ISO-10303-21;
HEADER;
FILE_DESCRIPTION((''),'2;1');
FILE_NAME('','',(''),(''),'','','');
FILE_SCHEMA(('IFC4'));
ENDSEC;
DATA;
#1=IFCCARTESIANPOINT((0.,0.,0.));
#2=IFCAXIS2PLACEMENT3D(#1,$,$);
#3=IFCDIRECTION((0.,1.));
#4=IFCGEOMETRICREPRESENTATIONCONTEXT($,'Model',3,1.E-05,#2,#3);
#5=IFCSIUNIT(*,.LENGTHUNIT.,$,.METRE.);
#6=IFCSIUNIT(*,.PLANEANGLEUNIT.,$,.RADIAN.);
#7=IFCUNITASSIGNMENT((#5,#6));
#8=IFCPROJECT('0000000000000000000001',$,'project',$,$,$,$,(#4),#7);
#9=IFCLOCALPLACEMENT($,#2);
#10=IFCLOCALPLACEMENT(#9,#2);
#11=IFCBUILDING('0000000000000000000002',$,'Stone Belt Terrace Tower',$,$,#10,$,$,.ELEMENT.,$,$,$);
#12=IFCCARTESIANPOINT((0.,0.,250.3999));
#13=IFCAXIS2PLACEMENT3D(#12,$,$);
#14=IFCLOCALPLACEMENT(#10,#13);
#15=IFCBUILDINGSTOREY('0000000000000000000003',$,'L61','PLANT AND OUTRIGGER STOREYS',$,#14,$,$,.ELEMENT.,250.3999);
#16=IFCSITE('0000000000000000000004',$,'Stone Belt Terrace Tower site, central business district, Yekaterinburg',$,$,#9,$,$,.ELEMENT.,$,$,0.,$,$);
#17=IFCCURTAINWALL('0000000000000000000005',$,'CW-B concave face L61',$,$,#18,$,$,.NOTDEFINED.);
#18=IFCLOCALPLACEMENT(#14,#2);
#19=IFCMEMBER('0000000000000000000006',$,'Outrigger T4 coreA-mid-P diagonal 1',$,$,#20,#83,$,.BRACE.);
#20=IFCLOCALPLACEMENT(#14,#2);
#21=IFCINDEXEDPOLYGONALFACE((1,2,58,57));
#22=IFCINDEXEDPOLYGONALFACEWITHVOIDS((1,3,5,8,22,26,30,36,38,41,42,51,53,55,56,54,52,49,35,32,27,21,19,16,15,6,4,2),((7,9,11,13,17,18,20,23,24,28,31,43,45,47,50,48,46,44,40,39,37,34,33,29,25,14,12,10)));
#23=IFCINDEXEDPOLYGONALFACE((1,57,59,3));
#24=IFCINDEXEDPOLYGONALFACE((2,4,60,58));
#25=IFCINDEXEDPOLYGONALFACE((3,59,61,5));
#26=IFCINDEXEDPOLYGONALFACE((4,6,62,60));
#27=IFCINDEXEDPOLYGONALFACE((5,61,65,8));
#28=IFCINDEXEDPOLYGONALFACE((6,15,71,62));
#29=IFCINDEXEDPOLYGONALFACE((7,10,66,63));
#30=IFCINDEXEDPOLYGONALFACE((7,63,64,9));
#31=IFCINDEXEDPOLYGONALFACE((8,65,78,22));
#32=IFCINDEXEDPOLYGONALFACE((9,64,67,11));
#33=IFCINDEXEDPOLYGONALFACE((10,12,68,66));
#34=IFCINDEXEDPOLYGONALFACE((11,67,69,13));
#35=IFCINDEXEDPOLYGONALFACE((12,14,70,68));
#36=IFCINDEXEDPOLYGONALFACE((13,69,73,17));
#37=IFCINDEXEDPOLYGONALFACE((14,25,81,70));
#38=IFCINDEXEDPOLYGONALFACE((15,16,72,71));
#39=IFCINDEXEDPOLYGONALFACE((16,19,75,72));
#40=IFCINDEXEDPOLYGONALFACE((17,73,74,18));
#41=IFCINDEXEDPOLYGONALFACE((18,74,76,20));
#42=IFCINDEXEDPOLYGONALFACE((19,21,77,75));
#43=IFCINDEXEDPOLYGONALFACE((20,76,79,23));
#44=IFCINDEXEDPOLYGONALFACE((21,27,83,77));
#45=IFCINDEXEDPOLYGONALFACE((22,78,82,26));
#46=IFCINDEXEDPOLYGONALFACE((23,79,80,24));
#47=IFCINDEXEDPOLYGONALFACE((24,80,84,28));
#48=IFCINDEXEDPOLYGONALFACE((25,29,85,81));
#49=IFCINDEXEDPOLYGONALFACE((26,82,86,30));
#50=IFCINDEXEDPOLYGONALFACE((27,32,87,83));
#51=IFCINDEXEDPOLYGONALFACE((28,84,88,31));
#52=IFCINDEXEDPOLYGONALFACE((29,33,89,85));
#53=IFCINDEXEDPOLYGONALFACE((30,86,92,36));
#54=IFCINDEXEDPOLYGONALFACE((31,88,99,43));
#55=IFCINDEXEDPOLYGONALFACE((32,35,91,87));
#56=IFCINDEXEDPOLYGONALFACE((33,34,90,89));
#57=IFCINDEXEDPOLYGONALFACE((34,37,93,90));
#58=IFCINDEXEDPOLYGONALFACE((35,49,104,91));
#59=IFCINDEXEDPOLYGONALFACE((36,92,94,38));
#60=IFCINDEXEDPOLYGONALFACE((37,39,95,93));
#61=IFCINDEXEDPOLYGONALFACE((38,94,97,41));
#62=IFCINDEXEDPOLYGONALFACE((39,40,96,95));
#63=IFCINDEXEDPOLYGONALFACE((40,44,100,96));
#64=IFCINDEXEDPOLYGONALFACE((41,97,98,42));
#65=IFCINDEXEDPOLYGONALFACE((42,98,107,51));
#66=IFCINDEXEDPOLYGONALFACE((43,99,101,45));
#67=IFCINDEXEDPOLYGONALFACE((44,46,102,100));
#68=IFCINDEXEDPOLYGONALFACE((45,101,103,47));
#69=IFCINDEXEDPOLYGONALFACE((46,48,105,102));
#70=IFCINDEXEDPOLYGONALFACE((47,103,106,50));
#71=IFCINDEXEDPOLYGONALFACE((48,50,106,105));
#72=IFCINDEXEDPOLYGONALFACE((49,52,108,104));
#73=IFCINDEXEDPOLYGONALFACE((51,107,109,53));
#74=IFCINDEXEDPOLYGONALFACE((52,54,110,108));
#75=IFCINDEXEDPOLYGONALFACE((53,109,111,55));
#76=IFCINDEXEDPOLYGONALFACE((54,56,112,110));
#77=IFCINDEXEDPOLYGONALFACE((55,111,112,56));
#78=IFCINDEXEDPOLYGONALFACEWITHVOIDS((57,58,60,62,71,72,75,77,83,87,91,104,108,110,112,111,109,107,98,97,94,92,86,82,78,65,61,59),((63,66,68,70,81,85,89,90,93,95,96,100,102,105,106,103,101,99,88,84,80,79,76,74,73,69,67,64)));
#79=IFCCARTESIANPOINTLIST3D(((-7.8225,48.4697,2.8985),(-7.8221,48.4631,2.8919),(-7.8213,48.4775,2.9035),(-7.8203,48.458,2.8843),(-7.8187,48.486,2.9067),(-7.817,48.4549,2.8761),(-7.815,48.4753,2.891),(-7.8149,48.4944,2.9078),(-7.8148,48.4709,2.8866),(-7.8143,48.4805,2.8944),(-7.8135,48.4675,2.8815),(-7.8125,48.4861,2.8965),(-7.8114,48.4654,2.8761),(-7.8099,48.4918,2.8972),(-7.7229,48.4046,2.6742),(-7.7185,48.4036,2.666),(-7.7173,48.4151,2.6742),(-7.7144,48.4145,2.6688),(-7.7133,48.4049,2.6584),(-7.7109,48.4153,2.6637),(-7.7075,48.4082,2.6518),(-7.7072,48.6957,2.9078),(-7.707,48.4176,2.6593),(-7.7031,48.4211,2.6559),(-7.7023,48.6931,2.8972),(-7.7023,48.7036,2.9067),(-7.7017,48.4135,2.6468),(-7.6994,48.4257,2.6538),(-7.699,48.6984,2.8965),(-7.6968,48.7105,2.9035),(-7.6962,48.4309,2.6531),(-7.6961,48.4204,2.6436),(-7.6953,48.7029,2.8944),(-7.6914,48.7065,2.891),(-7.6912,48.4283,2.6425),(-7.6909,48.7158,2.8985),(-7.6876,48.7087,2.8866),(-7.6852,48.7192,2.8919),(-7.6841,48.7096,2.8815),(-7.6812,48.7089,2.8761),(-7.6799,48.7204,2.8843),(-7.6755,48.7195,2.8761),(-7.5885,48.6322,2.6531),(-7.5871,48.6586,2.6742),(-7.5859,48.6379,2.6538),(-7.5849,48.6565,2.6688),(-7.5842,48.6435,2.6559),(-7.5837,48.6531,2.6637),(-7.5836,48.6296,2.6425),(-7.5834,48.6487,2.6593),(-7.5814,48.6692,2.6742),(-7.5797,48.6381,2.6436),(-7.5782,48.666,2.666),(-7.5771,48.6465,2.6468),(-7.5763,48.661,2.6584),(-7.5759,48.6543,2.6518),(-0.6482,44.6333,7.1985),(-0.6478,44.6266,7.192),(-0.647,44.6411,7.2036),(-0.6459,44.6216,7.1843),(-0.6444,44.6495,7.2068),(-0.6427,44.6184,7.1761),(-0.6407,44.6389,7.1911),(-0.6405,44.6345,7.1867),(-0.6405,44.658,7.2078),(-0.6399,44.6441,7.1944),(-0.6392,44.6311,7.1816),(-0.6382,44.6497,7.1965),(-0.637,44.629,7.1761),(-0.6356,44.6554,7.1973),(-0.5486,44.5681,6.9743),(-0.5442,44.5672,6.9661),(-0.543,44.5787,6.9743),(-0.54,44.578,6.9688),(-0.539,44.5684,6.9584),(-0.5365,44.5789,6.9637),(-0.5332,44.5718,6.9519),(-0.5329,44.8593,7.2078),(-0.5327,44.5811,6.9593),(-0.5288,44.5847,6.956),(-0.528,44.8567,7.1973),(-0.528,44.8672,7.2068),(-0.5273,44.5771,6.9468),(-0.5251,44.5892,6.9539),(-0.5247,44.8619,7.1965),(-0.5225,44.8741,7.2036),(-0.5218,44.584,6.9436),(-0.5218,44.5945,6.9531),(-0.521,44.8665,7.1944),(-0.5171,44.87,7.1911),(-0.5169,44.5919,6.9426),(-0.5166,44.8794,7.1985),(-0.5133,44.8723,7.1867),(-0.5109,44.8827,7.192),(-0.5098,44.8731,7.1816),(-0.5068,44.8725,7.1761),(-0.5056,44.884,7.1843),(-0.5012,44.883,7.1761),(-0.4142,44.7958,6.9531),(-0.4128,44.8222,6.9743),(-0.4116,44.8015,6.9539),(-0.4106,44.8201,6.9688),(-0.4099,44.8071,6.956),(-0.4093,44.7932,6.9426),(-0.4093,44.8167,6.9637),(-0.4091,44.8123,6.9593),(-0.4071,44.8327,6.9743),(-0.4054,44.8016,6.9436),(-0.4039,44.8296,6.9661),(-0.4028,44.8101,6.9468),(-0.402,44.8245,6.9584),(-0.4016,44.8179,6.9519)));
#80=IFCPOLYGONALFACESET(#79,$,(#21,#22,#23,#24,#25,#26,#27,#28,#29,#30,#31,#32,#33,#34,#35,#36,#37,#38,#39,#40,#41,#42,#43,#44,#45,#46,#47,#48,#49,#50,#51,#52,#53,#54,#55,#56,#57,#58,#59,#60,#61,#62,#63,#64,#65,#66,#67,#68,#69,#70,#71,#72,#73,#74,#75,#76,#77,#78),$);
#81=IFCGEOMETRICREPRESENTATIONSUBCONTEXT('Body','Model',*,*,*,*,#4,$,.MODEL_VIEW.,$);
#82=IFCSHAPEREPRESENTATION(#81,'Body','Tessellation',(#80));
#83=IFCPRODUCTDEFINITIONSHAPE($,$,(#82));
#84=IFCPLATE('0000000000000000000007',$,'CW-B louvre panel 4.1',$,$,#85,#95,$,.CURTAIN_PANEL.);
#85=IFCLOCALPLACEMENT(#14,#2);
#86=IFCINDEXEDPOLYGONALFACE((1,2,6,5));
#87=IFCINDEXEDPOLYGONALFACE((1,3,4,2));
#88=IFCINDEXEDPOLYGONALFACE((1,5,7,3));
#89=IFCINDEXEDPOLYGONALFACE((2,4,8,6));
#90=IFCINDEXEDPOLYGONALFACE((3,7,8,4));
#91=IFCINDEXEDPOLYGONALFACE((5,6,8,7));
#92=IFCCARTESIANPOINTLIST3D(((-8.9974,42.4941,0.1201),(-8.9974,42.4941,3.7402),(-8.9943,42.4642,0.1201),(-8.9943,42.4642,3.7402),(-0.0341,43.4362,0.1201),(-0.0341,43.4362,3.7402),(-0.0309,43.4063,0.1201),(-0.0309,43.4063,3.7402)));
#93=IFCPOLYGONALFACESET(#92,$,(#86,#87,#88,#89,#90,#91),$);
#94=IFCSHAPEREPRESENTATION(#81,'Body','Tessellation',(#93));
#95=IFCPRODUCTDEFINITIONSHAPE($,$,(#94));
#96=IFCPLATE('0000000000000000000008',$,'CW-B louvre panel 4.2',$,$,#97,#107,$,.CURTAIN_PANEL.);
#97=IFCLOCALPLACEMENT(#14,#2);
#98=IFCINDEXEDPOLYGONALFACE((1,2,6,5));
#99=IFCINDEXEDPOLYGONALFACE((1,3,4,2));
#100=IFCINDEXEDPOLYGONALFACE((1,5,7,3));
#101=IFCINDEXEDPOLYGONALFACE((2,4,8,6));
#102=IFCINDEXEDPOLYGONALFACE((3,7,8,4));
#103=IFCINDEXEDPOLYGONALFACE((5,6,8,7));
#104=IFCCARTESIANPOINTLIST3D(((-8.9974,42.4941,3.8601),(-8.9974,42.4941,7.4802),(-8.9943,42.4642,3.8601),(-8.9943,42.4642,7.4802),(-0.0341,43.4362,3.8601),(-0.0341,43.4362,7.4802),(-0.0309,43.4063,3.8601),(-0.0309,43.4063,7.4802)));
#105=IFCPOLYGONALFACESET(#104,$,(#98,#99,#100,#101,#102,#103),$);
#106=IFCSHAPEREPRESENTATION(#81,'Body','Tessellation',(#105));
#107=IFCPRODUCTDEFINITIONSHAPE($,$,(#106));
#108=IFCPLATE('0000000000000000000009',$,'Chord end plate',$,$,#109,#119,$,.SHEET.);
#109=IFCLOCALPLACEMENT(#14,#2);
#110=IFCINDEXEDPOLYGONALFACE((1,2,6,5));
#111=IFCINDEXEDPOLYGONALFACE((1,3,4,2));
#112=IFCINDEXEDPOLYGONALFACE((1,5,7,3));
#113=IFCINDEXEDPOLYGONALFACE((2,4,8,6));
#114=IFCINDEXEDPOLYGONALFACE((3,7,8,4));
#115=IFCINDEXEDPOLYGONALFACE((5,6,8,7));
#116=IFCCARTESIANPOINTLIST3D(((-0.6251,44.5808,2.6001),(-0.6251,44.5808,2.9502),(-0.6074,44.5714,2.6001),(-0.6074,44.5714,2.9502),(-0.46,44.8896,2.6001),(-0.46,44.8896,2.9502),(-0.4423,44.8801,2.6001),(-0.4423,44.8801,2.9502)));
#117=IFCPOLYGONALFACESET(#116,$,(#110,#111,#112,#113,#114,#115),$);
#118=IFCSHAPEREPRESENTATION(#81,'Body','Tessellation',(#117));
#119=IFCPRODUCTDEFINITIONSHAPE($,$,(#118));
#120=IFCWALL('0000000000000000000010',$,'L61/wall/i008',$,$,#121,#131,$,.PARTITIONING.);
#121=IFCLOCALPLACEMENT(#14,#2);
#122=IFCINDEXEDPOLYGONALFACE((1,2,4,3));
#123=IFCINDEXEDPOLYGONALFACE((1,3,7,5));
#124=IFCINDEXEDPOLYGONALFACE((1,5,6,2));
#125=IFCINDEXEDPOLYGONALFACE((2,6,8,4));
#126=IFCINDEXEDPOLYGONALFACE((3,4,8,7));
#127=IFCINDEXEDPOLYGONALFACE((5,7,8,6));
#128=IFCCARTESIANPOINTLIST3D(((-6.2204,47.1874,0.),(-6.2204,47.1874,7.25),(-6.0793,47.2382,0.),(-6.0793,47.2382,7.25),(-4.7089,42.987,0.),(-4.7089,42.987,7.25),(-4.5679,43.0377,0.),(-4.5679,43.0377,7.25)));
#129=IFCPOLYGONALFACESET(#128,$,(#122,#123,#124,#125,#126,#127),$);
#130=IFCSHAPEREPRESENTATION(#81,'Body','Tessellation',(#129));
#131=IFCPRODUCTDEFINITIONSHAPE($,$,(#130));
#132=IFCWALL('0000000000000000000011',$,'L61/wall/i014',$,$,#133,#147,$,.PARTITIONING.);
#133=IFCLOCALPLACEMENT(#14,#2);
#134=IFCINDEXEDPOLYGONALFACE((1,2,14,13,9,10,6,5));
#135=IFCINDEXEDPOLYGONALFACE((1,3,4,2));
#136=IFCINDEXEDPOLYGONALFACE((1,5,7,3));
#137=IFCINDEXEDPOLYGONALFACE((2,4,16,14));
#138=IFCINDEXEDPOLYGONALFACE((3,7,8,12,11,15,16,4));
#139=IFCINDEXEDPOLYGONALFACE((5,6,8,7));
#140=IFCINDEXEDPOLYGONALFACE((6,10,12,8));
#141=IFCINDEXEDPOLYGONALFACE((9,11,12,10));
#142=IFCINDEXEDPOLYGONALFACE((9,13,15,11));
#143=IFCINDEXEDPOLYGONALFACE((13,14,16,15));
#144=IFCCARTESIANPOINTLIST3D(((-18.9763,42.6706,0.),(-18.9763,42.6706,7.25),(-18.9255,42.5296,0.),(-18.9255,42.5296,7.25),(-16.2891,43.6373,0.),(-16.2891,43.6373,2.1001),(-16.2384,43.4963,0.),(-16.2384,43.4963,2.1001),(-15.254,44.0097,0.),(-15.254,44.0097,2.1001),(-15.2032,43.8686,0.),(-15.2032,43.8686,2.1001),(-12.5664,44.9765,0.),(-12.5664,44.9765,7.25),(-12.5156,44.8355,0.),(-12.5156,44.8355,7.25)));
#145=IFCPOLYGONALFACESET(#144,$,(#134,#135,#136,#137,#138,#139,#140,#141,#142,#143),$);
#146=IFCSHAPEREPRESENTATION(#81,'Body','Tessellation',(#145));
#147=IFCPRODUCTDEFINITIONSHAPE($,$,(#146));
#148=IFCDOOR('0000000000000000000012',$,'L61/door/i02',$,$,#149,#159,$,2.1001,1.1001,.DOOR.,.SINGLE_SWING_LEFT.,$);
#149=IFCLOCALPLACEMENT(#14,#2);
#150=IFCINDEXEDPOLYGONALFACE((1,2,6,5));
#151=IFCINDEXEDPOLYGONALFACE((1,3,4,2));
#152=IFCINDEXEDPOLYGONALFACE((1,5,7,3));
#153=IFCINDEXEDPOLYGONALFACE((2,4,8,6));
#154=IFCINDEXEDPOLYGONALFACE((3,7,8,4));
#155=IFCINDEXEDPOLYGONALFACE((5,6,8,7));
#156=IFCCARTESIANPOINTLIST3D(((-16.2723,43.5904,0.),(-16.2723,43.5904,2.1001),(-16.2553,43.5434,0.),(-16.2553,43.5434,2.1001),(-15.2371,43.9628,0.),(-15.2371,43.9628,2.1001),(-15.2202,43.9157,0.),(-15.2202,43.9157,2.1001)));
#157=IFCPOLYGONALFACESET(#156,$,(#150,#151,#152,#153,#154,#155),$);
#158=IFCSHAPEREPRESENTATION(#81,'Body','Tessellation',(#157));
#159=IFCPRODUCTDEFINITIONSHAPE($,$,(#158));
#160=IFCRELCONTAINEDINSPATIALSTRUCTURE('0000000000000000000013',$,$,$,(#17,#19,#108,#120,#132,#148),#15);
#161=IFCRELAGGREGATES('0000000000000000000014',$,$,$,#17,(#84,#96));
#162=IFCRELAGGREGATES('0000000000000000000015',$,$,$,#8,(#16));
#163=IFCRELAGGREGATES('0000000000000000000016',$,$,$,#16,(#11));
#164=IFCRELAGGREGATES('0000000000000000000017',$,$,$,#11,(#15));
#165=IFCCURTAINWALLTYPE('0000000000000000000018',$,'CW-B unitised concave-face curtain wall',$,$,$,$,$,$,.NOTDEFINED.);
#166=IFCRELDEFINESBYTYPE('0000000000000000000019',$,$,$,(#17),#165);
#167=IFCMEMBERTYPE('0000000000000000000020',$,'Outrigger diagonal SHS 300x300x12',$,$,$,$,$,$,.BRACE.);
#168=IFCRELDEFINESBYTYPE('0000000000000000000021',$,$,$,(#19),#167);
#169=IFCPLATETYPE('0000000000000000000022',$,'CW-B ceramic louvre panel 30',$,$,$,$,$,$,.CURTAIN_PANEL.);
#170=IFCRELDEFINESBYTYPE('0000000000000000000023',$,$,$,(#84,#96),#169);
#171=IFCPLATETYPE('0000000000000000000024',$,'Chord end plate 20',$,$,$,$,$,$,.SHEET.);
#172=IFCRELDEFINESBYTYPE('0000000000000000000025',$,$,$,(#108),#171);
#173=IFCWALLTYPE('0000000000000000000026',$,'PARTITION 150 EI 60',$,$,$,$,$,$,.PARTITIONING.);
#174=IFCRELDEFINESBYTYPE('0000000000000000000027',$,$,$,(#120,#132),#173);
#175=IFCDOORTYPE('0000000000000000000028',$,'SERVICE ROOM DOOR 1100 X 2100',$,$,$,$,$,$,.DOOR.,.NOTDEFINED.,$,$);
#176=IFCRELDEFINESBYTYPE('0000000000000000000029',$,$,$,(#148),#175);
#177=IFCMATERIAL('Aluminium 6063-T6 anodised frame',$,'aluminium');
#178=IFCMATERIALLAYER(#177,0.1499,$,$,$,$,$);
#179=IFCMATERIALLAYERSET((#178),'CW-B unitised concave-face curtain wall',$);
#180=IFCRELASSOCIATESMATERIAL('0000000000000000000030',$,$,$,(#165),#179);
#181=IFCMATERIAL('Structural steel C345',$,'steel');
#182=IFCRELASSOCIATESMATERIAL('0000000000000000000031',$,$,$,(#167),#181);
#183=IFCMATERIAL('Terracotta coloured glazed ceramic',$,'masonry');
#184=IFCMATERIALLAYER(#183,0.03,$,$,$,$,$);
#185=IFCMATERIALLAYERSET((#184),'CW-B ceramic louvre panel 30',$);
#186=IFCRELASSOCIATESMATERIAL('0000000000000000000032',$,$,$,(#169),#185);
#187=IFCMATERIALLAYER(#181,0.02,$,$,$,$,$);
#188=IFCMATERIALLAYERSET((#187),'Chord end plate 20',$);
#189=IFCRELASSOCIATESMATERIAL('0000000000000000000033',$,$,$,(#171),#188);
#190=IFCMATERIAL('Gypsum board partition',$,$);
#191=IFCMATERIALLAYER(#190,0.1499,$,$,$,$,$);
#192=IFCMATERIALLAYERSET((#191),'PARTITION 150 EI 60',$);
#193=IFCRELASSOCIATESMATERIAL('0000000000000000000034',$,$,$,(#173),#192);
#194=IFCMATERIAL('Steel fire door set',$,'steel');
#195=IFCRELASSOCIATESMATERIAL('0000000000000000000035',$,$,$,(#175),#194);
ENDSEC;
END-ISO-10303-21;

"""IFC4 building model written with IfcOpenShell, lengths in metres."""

from ifc_helpers import new_model, si_unit, direction, frame, frame_2d, origin, origin_2d, place, context, subcontext, project, spatial, rectangle, hollow_rectangle, extrude, material, layer, layer_set, material_profile, profile_set, type_object, element, fill, aggregate, save


model = new_model("IFC4")

# Units and contexts
model_context = context("Model", 3, precision=1e-05, world=origin(), true_north=direction((0.0, 1.0)))
body_context = subcontext(model_context, "Body", "Model", "MODEL_VIEW")
ifc_project = project(units=[si_unit("LENGTHUNIT", "METRE"), si_unit("PLANEANGLEUNIT", "RADIAN")], contexts=[model_context])

# Site, building, storey
site_placement = place(None, origin())
site = spatial("IfcSite", under=ifc_project, at=site_placement, Name="Stone Belt Terrace Tower site, central business district, Yekaterinburg", CompositionType="ELEMENT", RefElevation=0.0)
building_placement = place(site_placement, origin())
building = spatial("IfcBuilding", under=site, at=building_placement, Name="Stone Belt Terrace Tower", CompositionType="ELEMENT")
storey_placement = place(building_placement, frame((0.0, 0.0, 250.3999)))
storey = spatial("IfcBuildingStorey", under=building, at=storey_placement, Name="L61", Description="PLANT AND OUTRIGGER STOREYS", CompositionType="ELEMENT", Elevation=250.3999)

# Curtain wall
ifc_material_1 = material(Name="Aluminium 6063-T6 anodised frame", Category="aluminium")
ifc_layer_1 = layer(ifc_material_1, 0.1499)
ifc_layer_set_1 = layer_set([ifc_layer_1], Name="CW-B unitised concave-face curtain wall")
curtain_wall_type = type_object("IfcCurtainWallType", Name="CW-B unitised concave-face curtain wall", PredefinedType="NOTDEFINED", material=ifc_layer_set_1)
curtain_wall_placement = place(storey_placement, origin())
curtain_wall = element("IfcCurtainWall", 1, at=curtain_wall_placement, inside=storey, type_object=curtain_wall_type, Name="CW-B concave face L61", PredefinedType="NOTDEFINED")

# Member
ifc_material_2 = material(Name="Structural steel C345", Category="steel")
ifc_material_profile_1 = material_profile(ifc_material_2, hollow_rectangle(XDim=0.3, YDim=0.3, WallThickness=0.012, InnerFilletRadius=0.0239, OuterFilletRadius=0.0359, at=origin_2d()), Name="SHS 300x300x12")
ifc_profile_set_1 = profile_set([ifc_material_profile_1], Name="Structural steel C345")
member_type_1 = type_object("IfcMemberType", Name="Outrigger diagonal SHS 300x300x12", PredefinedType="BRACE", material=ifc_profile_set_1)
member_1_placement = place(storey_placement, frame((-0.5249, 44.7256, 7.0752), z_axis=(-0.779636, 0.416906, -0.467288), x_axis=(-0.471557, -0.881836, 0.0)))
element("IfcMember", 2, at=member_1_placement, inside=storey, type_object=member_type_1, Name="Outrigger T4 coreA-mid-P diagonal 1", PredefinedType="BRACE", context=body_context, shape_type="SweptSolid", body=[
    extrude(hollow_rectangle(XDim=0.3, YDim=0.3, WallThickness=0.012, InnerFilletRadius=0.0239, OuterFilletRadius=0.0359, at=origin_2d()), origin(), (0.0, 0.0, 1.0), 9.2021),
])

# Plates
ifc_material_3 = material(Name="Terracotta coloured glazed ceramic", Category="masonry")
ifc_layer_2 = layer(ifc_material_3, 0.03)
ifc_layer_set_2 = layer_set([ifc_layer_2], Name="CW-B ceramic louvre panel 30")
plate_type_1 = type_object("IfcPlateType", Name="CW-B ceramic louvre panel 30", PredefinedType="CURTAIN_PANEL", material=ifc_layer_set_2)
plate_1_placement = place(storey_placement, frame((-4.5142, 42.9502, 0.1201), z_axis=(0.0, 0.0, 1.0), x_axis=(0.994522, 0.104528, 0.0)))
plate_1 = element("IfcPlate", 3, at=plate_1_placement, type_object=plate_type_1, Name="CW-B louvre panel 4.1", PredefinedType="CURTAIN_PANEL", context=body_context, shape_type="SweptSolid", body=[
    extrude(rectangle(XDim=9.0127, YDim=0.03, at=origin_2d()), origin(), (0.0, 0.0, 1.0), 3.6201),
])
plate_2_placement = place(storey_placement, frame((-4.5142, 42.9502, 3.8601), z_axis=(0.0, 0.0, 1.0), x_axis=(0.994522, 0.104528, 0.0)))
plate_2 = element("IfcPlate", 4, at=plate_2_placement, type_object=plate_type_1, Name="CW-B louvre panel 4.2", PredefinedType="CURTAIN_PANEL", context=body_context, shape_type="SweptSolid", body=[
    extrude(rectangle(XDim=9.0127, YDim=0.03, at=origin_2d()), origin(), (0.0, 0.0, 1.0), 3.6201),
])
aggregate(curtain_wall, [plate_1, plate_2])
ifc_layer_3 = layer(ifc_material_2, 0.02)
ifc_layer_set_3 = layer_set([ifc_layer_3], Name="Chord end plate 20")
plate_type_2 = type_object("IfcPlateType", Name="Chord end plate 20", PredefinedType="SHEET", material=ifc_layer_set_3)
plate_3_placement = place(storey_placement, frame((-0.5337, 44.7305, 2.6001), z_axis=(0.0, 0.0, 1.0), x_axis=(0.881845, -0.47154, 0.0)))
element("IfcPlate", 5, at=plate_3_placement, inside=storey, type_object=plate_type_2, Name="Chord end plate", PredefinedType="SHEET", context=body_context, shape_type="SweptSolid", body=[
    extrude(rectangle(XDim=0.02, YDim=0.3501, at=origin_2d()), origin(), (0.0, 0.0, 1.0), 0.3501),
])

# Wall
ifc_material_4 = material(Name="Gypsum board partition")
ifc_layer_4 = layer(ifc_material_4, 0.1499)
ifc_layer_set_4 = layer_set([ifc_layer_4], Name="PARTITION 150 EI 60")
wall_type_1 = type_object("IfcWallType", Name="PARTITION 150 EI 60", PredefinedType="PARTITIONING", material=ifc_layer_set_4)
wall_1_placement = place(storey_placement, frame((-4.6384, 43.0125, 0.0), z_axis=(0.0, 0.0, 1.0), x_axis=(-0.338584, 0.940936, 0.0)))
element("IfcWall", 6, at=wall_1_placement, inside=storey, type_object=wall_type_1, Name="L61/wall/i008", PredefinedType="PARTITIONING", context=body_context, shape_type="SweptSolid", body=[
    extrude(rectangle(XDim=4.4641, YDim=0.1499, at=frame_2d((2.2319, 0.0))), origin(), (0.0, 0.0, 1.0), 7.25),
])

# Wall, opening, door
wall_2_placement = place(storey_placement, frame((-12.541, 44.906, 0.0), z_axis=(0.0, 0.0, 1.0), x_axis=(-0.940965, -0.338504, 0.0)))
wall_2 = element("IfcWall", 7, at=wall_2_placement, inside=storey, type_object=wall_type_1, Name="L61/wall/i014", PredefinedType="PARTITIONING", context=body_context, shape_type="SweptSolid", body=[
    extrude(rectangle(XDim=6.812, YDim=0.1499, at=frame_2d((3.406, 0.0))), origin(), (0.0, 0.0, 1.0), 7.25),
])
opening_1_placement = place(wall_2_placement, frame((2.8562, 0.0, 0.0)))
opening_1 = element("IfcOpeningElement", 8, at=opening_1_placement, cuts=wall_2, PredefinedType="OPENING", context=body_context, shape_type="SweptSolid", body=[
    extrude(rectangle(XDim=1.1001, YDim=2.1001, at=frame_2d((0.55, 1.05))), frame((0.0, 0.085, 0.0), z_axis=(0.0, -1.0, 0.0), x_axis=(1.0, 0.0, 0.0)), (0.0, 0.0, 1.0), 0.1699),
])
ifc_material_5 = material(Name="Steel fire door set", Category="steel")
door_type = type_object("IfcDoorType", Name="SERVICE ROOM DOOR 1100 X 2100", OperationType="NOTDEFINED", PredefinedType="DOOR", material=ifc_material_5)
door_1_placement = place(opening_1_placement, origin())
door_1 = element("IfcDoor", 9, at=door_1_placement, inside=storey, type_object=door_type, Name="L61/door/i02", OperationType="SINGLE_SWING_LEFT", OverallHeight=2.1001, OverallWidth=1.1001, PredefinedType="DOOR", context=body_context, shape_type="SweptSolid", body=[
    extrude(rectangle(XDim=1.1001, YDim=2.1001, at=frame_2d((0.55, 1.05))), frame((0.0, 0.0249, 0.0), z_axis=(0.0, -1.0, 0.0), x_axis=(1.0, 0.0, 0.0)), (0.0, 0.0, 1.0), 0.05),
])
fill(opening_1, door_1)

save(model, "model.ifc")
